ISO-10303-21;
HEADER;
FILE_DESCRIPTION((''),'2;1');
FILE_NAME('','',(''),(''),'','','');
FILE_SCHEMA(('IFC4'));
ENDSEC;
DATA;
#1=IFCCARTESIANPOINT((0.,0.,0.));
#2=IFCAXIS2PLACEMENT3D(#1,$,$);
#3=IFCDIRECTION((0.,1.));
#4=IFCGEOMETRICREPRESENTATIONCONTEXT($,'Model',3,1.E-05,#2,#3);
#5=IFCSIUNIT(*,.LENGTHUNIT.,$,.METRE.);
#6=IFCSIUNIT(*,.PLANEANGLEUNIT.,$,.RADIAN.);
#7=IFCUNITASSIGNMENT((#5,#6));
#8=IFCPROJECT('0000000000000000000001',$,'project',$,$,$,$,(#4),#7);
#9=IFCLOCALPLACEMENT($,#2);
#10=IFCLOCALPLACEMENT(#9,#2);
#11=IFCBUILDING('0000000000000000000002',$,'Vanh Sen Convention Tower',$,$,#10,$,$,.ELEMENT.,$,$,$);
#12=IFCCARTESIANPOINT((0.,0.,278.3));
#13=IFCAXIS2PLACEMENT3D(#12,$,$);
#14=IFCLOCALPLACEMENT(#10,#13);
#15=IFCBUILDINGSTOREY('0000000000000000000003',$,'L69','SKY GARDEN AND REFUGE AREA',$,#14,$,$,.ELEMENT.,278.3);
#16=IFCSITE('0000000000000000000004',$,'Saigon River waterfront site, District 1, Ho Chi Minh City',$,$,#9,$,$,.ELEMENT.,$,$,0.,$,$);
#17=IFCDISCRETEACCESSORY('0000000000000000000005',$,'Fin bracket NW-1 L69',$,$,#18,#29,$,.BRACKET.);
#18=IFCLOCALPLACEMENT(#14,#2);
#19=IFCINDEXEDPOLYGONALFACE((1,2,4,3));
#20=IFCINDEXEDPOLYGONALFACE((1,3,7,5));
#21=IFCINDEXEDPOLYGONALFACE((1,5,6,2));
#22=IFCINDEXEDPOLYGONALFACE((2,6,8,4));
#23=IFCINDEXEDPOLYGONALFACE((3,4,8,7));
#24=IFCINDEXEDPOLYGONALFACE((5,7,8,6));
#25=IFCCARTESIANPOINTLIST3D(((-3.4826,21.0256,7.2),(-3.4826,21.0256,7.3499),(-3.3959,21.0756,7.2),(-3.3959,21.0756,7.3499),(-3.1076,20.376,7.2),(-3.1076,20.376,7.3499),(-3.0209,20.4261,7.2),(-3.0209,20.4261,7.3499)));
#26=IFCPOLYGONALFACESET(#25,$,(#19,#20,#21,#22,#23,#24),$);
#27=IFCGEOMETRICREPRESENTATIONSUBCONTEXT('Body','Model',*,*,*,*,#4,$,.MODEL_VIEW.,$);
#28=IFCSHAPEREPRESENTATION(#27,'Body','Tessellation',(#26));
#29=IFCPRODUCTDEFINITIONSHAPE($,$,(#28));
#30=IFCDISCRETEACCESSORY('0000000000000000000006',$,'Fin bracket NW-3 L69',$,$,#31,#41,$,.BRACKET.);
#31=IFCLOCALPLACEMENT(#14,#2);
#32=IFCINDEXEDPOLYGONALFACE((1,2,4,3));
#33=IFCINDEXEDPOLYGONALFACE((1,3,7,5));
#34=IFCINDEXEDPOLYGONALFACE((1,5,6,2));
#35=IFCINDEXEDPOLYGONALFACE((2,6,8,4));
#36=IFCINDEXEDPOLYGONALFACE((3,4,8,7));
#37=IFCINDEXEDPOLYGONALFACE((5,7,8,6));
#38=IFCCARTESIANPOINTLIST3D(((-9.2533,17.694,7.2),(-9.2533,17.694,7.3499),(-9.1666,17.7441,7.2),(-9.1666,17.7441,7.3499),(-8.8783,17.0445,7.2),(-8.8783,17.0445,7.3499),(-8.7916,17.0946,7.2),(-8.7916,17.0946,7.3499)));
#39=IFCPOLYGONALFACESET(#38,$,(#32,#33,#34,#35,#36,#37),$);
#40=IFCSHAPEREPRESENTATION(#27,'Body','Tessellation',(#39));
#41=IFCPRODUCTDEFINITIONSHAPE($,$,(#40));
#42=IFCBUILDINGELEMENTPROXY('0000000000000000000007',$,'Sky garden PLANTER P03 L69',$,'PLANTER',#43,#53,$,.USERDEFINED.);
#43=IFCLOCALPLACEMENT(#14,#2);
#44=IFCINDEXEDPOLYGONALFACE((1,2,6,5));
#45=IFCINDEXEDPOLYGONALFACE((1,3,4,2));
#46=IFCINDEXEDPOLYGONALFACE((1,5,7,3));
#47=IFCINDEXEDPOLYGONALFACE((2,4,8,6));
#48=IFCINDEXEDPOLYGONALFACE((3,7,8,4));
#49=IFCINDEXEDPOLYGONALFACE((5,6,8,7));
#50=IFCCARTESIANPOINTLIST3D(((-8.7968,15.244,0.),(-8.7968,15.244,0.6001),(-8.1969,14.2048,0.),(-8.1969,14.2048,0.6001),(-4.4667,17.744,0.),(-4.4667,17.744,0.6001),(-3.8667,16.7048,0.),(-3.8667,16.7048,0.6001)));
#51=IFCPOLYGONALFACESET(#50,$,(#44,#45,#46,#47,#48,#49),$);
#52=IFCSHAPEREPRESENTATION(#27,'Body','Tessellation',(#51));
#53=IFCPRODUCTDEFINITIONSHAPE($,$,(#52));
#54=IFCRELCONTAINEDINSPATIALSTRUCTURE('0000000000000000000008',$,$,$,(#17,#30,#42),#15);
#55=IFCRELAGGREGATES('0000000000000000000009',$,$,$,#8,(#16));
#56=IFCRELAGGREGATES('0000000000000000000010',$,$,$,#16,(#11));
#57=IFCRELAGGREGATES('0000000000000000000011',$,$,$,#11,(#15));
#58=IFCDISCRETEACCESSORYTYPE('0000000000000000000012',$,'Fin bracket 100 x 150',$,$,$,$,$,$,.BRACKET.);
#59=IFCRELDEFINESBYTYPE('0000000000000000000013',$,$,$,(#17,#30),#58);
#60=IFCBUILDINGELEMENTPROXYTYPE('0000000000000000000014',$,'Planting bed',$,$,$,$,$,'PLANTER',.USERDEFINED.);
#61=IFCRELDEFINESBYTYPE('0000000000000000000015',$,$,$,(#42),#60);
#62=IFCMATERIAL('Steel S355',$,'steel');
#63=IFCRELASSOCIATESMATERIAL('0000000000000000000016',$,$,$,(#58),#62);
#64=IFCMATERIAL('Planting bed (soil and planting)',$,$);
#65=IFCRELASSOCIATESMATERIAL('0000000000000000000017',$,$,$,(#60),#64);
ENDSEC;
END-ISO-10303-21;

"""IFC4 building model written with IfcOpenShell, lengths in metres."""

from ifc_helpers import new_model, si_unit, direction, frame, origin, origin_2d, place, context, subcontext, project, spatial, rectangle, extrude, material, type_object, element, save


model = new_model("IFC4")

# Units and contexts
model_context = context("Model", 3, precision=1e-05, world=origin(), true_north=direction((0.0, 1.0)))
body_context = subcontext(model_context, "Body", "Model", "MODEL_VIEW")
ifc_project = project(units=[si_unit("LENGTHUNIT", "METRE"), si_unit("PLANEANGLEUNIT", "RADIAN")], contexts=[model_context])

# Site, building, storey
site_placement = place(None, origin())
site = spatial("IfcSite", under=ifc_project, at=site_placement, Name="Saigon River waterfront site, District 1, Ho Chi Minh City", CompositionType="ELEMENT", RefElevation=0.0)
building_placement = place(site_placement, origin())
building = spatial("IfcBuilding", under=site, at=building_placement, Name="Vanh Sen Convention Tower", CompositionType="ELEMENT")
storey_placement = place(building_placement, frame((0.0, 0.0, 278.3)))
storey = spatial("IfcBuildingStorey", under=building, at=storey_placement, Name="L69", Description="SKY GARDEN AND REFUGE AREA", CompositionType="ELEMENT", Elevation=278.3)

# Discrete accessories
ifc_material_1 = material(Name="Steel S355", Category="steel")
discrete_accessory_type = type_object("IfcDiscreteAccessoryType", Name="Fin bracket 100 x 150", PredefinedType="BRACKET", material=ifc_material_1)
for number, where, z_axis, x_axis, name in (
    (1, (-3.2517, 20.7258, 7.2), (0.0, 0.0, 1.0), (-0.5, 0.866025, 0.0), "Fin bracket NW-1 L69"),
    (2, (-9.0225, 17.3943, 7.2), (0.0, 0.0, 1.0), (-0.5, 0.866025, 0.0), "Fin bracket NW-3 L69"),
):
    element("IfcDiscreteAccessory", number, at=place(storey_placement, frame(where, z_axis=z_axis, x_axis=x_axis)), inside=storey, type_object=discrete_accessory_type, Name=name, PredefinedType="BRACKET", context=body_context, shape_type="SweptSolid", body=[
        extrude(rectangle(XDim=0.75, YDim=0.1001, at=origin_2d()), origin(), (0.0, 0.0, 1.0), 0.1499),
    ])

# Building element proxy
ifc_material_2 = material(Name="Planting bed (soil and planting)")
building_element_proxy_type = type_object("IfcBuildingElementProxyType", Name="Planting bed", ElementType="PLANTER", PredefinedType="USERDEFINED", material=ifc_material_2)
proxy_placement = place(storey_placement, frame((-6.3318, 15.9744, 0.0), z_axis=(0.0, 0.0, 1.0), x_axis=(-0.866024, -0.500003, 0.0)))
element("IfcBuildingElementProxy", 3, at=proxy_placement, inside=storey, type_object=building_element_proxy_type, Name="Sky garden PLANTER P03 L69", ObjectType="PLANTER", PredefinedType="USERDEFINED", context=body_context, shape_type="SweptSolid", body=[
    extrude(rectangle(XDim=5.0, YDim=1.2, at=origin_2d()), origin(), (0.0, 0.0, 1.0), 0.6001),
])

save(model, "model.ifc")
